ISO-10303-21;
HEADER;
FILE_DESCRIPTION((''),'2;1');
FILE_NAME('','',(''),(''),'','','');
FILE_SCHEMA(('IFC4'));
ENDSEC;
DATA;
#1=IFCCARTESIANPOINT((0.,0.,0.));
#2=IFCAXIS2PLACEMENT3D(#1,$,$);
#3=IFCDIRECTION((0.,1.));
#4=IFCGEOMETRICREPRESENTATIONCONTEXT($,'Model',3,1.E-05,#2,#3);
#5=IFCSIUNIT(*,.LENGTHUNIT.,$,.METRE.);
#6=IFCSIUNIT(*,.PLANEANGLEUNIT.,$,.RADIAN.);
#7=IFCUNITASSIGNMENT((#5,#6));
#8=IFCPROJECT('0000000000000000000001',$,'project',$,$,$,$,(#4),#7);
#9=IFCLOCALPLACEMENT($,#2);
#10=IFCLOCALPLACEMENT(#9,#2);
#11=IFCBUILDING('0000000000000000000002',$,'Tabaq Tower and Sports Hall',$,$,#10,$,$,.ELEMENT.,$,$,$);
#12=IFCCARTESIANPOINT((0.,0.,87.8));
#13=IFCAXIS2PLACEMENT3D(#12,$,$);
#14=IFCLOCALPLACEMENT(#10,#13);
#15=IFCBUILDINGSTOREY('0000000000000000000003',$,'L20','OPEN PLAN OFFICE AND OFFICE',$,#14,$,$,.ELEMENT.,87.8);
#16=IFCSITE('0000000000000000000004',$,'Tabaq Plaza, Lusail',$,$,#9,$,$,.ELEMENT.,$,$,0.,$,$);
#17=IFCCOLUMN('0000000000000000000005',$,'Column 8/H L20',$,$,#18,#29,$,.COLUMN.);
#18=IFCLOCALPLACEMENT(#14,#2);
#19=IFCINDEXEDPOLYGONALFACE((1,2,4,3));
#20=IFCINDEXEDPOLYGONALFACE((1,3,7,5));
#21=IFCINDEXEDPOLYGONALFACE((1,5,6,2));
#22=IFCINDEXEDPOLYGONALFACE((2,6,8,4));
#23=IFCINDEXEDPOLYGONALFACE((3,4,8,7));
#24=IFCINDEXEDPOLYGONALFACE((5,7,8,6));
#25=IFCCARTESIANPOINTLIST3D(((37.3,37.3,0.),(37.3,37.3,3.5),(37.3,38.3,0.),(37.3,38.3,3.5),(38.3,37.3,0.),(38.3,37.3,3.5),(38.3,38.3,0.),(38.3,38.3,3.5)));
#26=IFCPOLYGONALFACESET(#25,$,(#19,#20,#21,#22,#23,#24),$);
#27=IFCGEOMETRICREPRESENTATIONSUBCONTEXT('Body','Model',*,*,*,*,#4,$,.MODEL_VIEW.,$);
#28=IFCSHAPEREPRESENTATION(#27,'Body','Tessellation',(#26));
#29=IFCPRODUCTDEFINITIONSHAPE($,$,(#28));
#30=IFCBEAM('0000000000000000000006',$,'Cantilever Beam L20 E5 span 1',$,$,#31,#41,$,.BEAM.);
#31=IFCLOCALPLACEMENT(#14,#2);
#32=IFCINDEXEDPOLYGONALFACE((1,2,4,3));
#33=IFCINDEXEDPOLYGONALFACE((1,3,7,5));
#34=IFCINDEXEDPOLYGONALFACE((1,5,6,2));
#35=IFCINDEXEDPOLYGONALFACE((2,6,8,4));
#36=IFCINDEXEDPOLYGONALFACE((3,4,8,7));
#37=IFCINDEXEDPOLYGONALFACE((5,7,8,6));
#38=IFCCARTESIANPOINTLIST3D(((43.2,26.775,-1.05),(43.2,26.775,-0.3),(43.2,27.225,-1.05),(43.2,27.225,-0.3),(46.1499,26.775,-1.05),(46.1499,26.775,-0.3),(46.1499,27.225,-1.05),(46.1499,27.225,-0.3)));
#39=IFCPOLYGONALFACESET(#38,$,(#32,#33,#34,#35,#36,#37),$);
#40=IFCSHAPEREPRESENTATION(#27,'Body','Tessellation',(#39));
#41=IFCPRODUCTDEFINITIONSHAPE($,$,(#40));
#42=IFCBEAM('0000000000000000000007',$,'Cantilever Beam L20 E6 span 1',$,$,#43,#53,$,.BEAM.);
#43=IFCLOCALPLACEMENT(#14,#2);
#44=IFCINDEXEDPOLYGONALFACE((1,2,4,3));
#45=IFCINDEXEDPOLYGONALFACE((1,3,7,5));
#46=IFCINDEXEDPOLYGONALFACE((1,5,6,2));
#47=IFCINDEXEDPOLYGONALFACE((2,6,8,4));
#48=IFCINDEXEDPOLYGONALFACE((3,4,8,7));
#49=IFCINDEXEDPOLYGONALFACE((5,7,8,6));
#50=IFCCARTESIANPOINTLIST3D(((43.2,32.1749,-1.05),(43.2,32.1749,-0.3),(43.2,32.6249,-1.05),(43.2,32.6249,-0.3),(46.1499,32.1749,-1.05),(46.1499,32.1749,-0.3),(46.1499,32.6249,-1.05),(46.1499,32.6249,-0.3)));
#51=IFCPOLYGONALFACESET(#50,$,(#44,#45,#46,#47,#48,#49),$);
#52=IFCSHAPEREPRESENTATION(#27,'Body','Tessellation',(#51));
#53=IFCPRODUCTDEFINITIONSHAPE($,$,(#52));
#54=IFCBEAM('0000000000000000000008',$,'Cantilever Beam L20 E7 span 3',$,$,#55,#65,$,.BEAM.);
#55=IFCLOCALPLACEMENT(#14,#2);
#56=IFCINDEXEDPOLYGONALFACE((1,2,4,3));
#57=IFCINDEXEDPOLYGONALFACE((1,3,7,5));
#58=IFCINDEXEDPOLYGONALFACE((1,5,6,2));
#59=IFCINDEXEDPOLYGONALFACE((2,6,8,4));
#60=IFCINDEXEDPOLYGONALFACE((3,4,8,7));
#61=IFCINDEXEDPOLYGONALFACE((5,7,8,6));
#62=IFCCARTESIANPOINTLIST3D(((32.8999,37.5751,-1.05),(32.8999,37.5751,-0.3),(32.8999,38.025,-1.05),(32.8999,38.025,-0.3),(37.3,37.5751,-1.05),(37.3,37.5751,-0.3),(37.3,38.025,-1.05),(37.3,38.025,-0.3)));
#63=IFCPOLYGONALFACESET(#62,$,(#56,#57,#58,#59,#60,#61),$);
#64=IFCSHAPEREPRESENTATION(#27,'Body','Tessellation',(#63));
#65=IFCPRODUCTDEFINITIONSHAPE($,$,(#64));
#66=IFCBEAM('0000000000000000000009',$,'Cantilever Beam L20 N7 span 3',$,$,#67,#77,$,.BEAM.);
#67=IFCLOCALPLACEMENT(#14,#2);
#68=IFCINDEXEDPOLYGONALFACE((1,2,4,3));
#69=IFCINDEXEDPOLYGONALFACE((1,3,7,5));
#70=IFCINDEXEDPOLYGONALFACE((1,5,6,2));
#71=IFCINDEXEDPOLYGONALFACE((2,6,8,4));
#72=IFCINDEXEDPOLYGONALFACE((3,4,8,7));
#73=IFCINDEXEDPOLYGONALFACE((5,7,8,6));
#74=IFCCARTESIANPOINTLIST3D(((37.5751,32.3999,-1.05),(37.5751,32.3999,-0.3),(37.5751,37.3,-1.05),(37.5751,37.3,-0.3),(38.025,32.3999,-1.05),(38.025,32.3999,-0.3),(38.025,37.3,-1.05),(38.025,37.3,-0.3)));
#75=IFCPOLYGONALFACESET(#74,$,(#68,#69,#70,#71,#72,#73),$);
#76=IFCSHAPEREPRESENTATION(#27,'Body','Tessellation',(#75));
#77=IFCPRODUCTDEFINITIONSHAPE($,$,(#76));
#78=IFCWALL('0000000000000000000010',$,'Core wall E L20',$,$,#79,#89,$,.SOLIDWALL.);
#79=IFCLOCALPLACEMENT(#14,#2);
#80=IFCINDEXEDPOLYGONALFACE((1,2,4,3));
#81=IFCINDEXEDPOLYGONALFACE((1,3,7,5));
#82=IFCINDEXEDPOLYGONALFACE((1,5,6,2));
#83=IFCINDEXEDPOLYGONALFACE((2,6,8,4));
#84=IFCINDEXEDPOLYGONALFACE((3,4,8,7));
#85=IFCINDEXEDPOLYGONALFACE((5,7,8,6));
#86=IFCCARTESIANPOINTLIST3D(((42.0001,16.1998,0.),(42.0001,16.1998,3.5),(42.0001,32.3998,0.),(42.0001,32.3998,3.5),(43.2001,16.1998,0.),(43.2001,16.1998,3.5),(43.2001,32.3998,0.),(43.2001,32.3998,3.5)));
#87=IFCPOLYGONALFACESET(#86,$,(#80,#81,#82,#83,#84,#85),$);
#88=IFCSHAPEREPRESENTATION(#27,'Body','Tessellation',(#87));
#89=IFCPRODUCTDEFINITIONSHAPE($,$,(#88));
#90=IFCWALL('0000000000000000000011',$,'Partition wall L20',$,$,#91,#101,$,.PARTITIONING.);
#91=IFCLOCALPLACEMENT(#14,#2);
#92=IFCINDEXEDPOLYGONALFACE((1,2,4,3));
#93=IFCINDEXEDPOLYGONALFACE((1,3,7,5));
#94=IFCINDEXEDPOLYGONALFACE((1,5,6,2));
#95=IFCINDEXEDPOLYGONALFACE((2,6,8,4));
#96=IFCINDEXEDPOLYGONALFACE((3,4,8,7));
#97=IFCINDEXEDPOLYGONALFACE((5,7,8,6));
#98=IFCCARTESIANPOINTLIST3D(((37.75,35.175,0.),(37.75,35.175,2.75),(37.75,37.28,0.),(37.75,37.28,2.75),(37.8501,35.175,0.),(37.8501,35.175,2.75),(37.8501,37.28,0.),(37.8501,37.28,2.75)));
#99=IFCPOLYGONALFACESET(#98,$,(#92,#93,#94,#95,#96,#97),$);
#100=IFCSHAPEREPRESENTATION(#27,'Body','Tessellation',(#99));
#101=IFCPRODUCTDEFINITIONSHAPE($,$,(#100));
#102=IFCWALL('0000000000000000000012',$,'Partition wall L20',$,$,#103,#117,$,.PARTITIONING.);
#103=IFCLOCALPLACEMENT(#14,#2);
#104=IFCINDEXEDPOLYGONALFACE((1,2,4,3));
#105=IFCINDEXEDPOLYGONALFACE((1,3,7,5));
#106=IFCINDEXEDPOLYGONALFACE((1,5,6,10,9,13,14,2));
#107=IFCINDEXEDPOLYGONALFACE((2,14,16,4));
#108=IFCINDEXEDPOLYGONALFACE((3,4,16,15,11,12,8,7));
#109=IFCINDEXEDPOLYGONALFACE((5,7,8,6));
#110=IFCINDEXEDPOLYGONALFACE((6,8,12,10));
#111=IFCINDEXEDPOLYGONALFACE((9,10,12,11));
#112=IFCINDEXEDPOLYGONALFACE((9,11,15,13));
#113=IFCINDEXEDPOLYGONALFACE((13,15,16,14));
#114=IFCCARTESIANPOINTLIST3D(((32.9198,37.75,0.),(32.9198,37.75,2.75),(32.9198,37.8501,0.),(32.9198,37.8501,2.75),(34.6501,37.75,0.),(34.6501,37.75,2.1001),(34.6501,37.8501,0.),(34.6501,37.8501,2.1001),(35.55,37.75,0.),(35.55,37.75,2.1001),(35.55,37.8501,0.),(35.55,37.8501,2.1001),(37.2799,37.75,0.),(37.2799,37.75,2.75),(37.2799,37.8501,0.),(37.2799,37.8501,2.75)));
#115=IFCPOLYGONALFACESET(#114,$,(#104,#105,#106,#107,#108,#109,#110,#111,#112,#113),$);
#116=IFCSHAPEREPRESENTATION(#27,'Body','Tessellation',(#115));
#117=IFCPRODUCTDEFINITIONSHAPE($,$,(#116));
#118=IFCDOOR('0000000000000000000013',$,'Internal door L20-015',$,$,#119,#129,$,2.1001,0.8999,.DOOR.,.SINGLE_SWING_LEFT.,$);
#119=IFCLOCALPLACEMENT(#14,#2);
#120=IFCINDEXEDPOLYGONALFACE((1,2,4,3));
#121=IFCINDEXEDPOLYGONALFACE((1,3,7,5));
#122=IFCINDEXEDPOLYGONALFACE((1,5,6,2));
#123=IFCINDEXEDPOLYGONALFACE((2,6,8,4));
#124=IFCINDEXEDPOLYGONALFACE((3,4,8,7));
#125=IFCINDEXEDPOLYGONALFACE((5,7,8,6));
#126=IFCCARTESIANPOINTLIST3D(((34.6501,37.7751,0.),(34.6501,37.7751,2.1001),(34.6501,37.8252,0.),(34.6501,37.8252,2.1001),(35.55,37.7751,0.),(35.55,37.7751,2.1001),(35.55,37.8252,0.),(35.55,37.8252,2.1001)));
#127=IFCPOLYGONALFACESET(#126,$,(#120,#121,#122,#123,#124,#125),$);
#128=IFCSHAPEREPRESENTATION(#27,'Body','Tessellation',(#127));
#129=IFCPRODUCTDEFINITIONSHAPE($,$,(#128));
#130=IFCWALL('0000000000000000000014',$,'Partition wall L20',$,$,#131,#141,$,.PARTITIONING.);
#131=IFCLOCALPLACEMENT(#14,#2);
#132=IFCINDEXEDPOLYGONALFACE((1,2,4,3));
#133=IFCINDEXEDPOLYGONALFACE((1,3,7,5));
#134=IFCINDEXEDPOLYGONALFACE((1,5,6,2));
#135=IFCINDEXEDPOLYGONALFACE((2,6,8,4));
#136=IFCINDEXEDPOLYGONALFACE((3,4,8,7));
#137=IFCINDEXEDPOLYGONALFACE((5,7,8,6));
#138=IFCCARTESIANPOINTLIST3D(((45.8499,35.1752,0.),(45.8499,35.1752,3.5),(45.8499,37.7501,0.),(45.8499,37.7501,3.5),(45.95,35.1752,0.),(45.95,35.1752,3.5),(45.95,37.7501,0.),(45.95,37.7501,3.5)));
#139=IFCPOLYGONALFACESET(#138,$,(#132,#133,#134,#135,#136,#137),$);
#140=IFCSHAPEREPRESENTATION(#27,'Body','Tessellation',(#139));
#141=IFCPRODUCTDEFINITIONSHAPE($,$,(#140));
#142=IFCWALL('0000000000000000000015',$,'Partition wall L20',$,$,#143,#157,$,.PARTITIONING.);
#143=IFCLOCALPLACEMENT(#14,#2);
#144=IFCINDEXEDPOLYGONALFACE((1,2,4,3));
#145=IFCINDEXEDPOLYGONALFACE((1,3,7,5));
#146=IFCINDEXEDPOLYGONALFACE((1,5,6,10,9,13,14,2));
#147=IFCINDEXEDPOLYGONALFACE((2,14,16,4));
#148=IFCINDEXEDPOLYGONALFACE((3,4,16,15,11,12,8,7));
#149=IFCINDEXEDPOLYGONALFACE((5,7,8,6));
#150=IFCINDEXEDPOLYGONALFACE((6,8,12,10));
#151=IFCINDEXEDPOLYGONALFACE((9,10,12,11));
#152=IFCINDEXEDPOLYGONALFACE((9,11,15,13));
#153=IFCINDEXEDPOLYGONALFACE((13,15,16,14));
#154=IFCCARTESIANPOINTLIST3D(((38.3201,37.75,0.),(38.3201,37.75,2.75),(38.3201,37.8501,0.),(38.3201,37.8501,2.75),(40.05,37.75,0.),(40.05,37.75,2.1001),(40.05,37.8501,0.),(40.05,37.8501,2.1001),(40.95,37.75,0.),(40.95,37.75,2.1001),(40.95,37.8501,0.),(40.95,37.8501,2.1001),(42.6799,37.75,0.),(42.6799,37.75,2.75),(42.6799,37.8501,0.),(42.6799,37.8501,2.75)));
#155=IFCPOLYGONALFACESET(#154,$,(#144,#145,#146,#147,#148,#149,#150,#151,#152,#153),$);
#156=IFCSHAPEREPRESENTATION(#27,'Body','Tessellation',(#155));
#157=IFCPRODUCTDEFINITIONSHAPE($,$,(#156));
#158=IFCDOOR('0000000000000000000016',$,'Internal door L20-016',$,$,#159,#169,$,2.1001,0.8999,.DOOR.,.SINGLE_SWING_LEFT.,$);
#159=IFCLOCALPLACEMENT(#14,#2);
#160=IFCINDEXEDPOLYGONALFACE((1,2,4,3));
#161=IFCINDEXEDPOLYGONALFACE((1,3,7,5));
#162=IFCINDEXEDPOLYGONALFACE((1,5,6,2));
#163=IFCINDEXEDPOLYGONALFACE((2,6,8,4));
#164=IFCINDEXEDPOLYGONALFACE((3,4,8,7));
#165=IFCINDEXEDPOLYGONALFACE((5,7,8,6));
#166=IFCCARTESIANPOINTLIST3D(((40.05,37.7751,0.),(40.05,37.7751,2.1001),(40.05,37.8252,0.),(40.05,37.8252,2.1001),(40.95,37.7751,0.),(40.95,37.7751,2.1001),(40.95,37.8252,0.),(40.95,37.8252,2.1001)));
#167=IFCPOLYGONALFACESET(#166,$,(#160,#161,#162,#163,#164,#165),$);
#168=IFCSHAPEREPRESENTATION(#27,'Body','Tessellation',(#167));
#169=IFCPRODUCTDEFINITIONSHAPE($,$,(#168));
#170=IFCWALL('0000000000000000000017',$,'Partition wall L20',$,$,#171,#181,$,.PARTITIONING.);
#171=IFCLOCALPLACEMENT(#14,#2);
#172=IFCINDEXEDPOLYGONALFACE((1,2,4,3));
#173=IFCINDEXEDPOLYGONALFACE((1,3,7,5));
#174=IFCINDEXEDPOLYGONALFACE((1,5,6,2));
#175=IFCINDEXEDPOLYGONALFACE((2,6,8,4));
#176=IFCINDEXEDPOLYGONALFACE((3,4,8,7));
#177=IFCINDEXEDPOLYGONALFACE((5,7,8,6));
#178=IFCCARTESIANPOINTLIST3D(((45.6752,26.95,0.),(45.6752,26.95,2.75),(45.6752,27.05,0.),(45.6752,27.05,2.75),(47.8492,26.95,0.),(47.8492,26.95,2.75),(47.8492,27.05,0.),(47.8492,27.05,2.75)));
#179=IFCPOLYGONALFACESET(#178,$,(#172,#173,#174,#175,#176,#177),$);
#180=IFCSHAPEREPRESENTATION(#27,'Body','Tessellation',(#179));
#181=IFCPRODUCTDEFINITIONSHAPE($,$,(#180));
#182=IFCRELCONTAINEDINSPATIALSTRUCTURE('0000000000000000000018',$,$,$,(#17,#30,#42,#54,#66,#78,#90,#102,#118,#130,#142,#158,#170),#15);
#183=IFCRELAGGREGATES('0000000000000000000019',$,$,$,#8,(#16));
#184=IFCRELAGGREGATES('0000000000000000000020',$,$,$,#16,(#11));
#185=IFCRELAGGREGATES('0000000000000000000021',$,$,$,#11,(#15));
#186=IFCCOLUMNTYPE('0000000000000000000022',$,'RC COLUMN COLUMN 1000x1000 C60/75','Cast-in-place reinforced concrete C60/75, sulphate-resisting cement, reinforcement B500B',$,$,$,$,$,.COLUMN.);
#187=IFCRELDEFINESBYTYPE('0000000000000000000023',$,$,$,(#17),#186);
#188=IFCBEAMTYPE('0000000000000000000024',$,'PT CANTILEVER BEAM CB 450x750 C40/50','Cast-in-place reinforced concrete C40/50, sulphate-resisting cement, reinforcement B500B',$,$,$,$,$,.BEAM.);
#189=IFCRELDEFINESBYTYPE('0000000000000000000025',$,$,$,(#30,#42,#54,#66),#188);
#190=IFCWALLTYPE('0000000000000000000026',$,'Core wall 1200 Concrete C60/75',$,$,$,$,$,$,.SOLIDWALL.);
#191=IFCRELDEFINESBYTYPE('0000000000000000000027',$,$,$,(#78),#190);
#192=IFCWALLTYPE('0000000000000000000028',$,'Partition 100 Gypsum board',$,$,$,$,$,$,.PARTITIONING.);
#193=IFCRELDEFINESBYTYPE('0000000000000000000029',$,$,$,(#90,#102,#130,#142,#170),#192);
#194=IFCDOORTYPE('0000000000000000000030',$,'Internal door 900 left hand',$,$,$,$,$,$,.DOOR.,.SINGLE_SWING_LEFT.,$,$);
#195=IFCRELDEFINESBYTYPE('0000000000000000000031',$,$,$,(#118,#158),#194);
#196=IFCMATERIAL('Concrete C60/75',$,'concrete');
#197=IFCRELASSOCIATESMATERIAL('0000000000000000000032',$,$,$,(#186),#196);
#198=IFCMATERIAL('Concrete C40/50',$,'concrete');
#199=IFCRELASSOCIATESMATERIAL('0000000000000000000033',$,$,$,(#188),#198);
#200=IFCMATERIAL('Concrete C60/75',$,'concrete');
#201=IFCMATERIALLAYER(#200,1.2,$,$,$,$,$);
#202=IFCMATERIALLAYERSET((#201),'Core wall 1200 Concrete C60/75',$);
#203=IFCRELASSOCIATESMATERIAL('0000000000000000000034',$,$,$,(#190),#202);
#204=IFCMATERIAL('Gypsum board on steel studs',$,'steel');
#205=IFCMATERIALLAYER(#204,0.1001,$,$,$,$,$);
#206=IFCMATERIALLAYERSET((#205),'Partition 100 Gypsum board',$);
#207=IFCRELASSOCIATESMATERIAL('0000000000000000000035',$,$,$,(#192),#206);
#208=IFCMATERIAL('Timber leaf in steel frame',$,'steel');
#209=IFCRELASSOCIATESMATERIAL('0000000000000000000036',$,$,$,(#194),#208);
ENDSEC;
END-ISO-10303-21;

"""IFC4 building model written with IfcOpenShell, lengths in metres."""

from ifc_helpers import new_model, si_unit, direction, frame, frame_2d, origin, origin_2d, place, context, subcontext, project, spatial, rectangle, extrude, material, layer, layer_set, material_profile, profile_set, type_object, element, fill, save


model = new_model("IFC4")

# Units and contexts
model_context = context("Model", 3, precision=1e-05, world=origin(), true_north=direction((0.0, 1.0)))
body_context = subcontext(model_context, "Body", "Model", "MODEL_VIEW")
ifc_project = project(units=[si_unit("LENGTHUNIT", "METRE"), si_unit("PLANEANGLEUNIT", "RADIAN")], contexts=[model_context])

# Site, building, storey
site_placement = place(None, origin())
site = spatial("IfcSite", under=ifc_project, at=site_placement, Name="Tabaq Plaza, Lusail", CompositionType="ELEMENT", RefElevation=0.0)
building_placement = place(site_placement, origin())
building = spatial("IfcBuilding", under=site, at=building_placement, Name="Tabaq Tower and Sports Hall", CompositionType="ELEMENT")
storey_placement = place(building_placement, frame((0.0, 0.0, 87.8)))
storey = spatial("IfcBuildingStorey", under=building, at=storey_placement, Name="L20", Description="OPEN PLAN OFFICE AND OFFICE", CompositionType="ELEMENT", Elevation=87.8)

# Column
ifc_material_1 = material(Name="Concrete C60/75", Category="concrete")
ifc_material_profile_1 = material_profile(ifc_material_1, rectangle(XDim=1.0, YDim=1.0, at=origin_2d()), Name="COLUMN 1000x1000")
ifc_profile_set_1 = profile_set([ifc_material_profile_1], Name="Concrete C60/75")
column_type = type_object("IfcColumnType", Name="RC COLUMN COLUMN 1000x1000 C60/75", Description="Cast-in-place reinforced concrete C60/75, sulphate-resisting cement, reinforcement B500B", PredefinedType="COLUMN", material=ifc_profile_set_1)
column_placement = place(storey_placement, frame((37.8, 37.8, 0.0), z_axis=(0.0, 0.0, 1.0), x_axis=(1.0, 0.0, 0.0)))
element("IfcColumn", 1, at=column_placement, inside=storey, type_object=column_type, Name="Column 8/H L20", PredefinedType="COLUMN", context=body_context, shape_type="SweptSolid", body=[
    extrude(rectangle(XDim=1.0, YDim=1.0, at=origin_2d()), origin(), (0.0, 0.0, 1.0), 3.5),
])

# Beams
ifc_material_2 = material(Name="Concrete C40/50", Category="concrete")
ifc_material_profile_2 = material_profile(ifc_material_2, rectangle(XDim=0.45, YDim=0.75, at=origin_2d()), Name="CB 450x750")
ifc_profile_set_2 = profile_set([ifc_material_profile_2], Name="Concrete C40/50")
beam_type = type_object("IfcBeamType", Name="PT CANTILEVER BEAM CB 450x750 C40/50", Description="Cast-in-place reinforced concrete C40/50, sulphate-resisting cement, reinforcement B500B", PredefinedType="BEAM", material=ifc_profile_set_2)
for number, where, z_axis, x_axis, name in (
    (2, (46.1499, 27.0, -0.675), (-1.0, 0.0, 0.0), (0.0, -1.0, 0.0), "Cantilever Beam L20 E5 span 1"),
    (3, (46.1499, 32.3999, -0.675), (-1.0, 0.0, 0.0), (0.0, -1.0, 0.0), "Cantilever Beam L20 E6 span 1"),
):
    element("IfcBeam", number, at=place(storey_placement, frame(where, z_axis=z_axis, x_axis=x_axis)), inside=storey, type_object=beam_type, Name=name, PredefinedType="BEAM", context=body_context, shape_type="SweptSolid", body=[
        extrude(rectangle(XDim=0.45, YDim=0.75, at=origin_2d()), origin(), (0.0, 0.0, 1.0), 2.95),
    ])
beam_1_placement = place(storey_placement, frame((37.3, 37.8, -0.675), z_axis=(-1.0, 0.0, 0.0), x_axis=(0.0, -1.0, 0.0)))
element("IfcBeam", 4, at=beam_1_placement, inside=storey, type_object=beam_type, Name="Cantilever Beam L20 E7 span 3", PredefinedType="BEAM", context=body_context, shape_type="SweptSolid", body=[
    extrude(rectangle(XDim=0.45, YDim=0.75, at=origin_2d()), origin(), (0.0, 0.0, 1.0), 4.4001),
])
beam_2_placement = place(storey_placement, frame((37.8, 37.3, -0.675), z_axis=(0.0, -1.0, 0.0), x_axis=(1.0, 0.0, 0.0)))
element("IfcBeam", 5, at=beam_2_placement, inside=storey, type_object=beam_type, Name="Cantilever Beam L20 N7 span 3", PredefinedType="BEAM", context=body_context, shape_type="SweptSolid", body=[
    extrude(rectangle(XDim=0.45, YDim=0.75, at=origin_2d()), origin(), (0.0, 0.0, 1.0), 4.9001),
])

# Walls
ifc_material_3 = material(Name="Concrete C60/75", Category="concrete")
ifc_layer_1 = layer(ifc_material_3, 1.2)
ifc_layer_set_1 = layer_set([ifc_layer_1], Name="Core wall 1200 Concrete C60/75")
wall_type_1 = type_object("IfcWallType", Name="Core wall 1200 Concrete C60/75", PredefinedType="SOLIDWALL", material=ifc_layer_set_1)
wall_1_placement = place(storey_placement, frame((42.6001, 32.3999, 0.0), z_axis=(0.0, 0.0, 1.0), x_axis=(0.0, -1.0, 0.0)))
element("IfcWall", 6, at=wall_1_placement, inside=storey, type_object=wall_type_1, Name="Core wall E L20", PredefinedType="SOLIDWALL", context=body_context, shape_type="SweptSolid", body=[
    extrude(rectangle(XDim=16.2, YDim=1.2, at=frame_2d((8.1001, 0.0))), origin(), (0.0, 0.0, 1.0), 3.5),
])
ifc_material_4 = material(Name="Gypsum board on steel studs", Category="steel")
ifc_layer_2 = layer(ifc_material_4, 0.1001)
ifc_layer_set_2 = layer_set([ifc_layer_2], Name="Partition 100 Gypsum board")
wall_type_2 = type_object("IfcWallType", Name="Partition 100 Gypsum board", PredefinedType="PARTITIONING", material=ifc_layer_set_2)
wall_2_placement = place(storey_placement, frame((37.8, 35.175, 0.0), z_axis=(0.0, 0.0, 1.0), x_axis=(0.0, 1.0, 0.0)))
element("IfcWall", 7, at=wall_2_placement, inside=storey, type_object=wall_type_2, Name="Partition wall L20", PredefinedType="PARTITIONING", context=body_context, shape_type="SweptSolid", body=[
    extrude(rectangle(XDim=2.105, YDim=0.1001, at=frame_2d((1.0525, 0.0))), origin(), (0.0, 0.0, 1.0), 2.75),
])

# Wall, opening, door
wall_3_placement = place(storey_placement, frame((37.28, 37.8, 0.0), z_axis=(0.0, 0.0, 1.0), x_axis=(-1.0, 0.0, 0.0)))
wall_3 = element("IfcWall", 8, at=wall_3_placement, inside=storey, type_object=wall_type_2, Name="Partition wall L20", PredefinedType="PARTITIONING", context=body_context, shape_type="SweptSolid", body=[
    extrude(rectangle(XDim=4.3601, YDim=0.1001, at=frame_2d((2.1802, 0.0))), origin(), (0.0, 0.0, 1.0), 2.75),
])
opening_1_placement = place(wall_3_placement, frame((1.73, 0.0, 0.0)))
opening_1 = element("IfcOpeningElement", 9, at=opening_1_placement, cuts=wall_3, PredefinedType="OPENING", context=body_context, shape_type="SweptSolid", body=[
    extrude(rectangle(XDim=0.8999, YDim=2.1001, at=frame_2d((0.45, 1.05))), frame((0.0, 0.05, 0.0), z_axis=(0.0, -1.0, 0.0), x_axis=(1.0, 0.0, 0.0)), (0.0, 0.0, 1.0), 0.1001),
])
ifc_material_5 = material(Name="Timber leaf in steel frame", Category="steel")
door_type_1 = type_object("IfcDoorType", Name="Internal door 900 left hand", OperationType="SINGLE_SWING_LEFT", PredefinedType="DOOR", material=ifc_material_5)
door_1_placement = place(opening_1_placement, origin())
door_1 = element("IfcDoor", 10, at=door_1_placement, inside=storey, type_object=door_type_1, Name="Internal door L20-015", OperationType="SINGLE_SWING_LEFT", OverallHeight=2.1001, OverallWidth=0.8999, PredefinedType="DOOR", context=body_context, shape_type="SweptSolid", body=[
    extrude(rectangle(XDim=0.8999, YDim=2.1001, at=frame_2d((0.45, 1.05))), frame((0.0, 0.0249, 0.0), z_axis=(0.0, -1.0, 0.0), x_axis=(1.0, 0.0, 0.0)), (0.0, 0.0, 1.0), 0.05),
])
fill(opening_1, door_1)

# Wall
wall_4_placement = place(storey_placement, frame((45.8999, 35.175, 0.0), z_axis=(0.0, 0.0, 1.0), x_axis=(0.0, 1.0, 0.0)))
element("IfcWall", 11, at=wall_4_placement, inside=storey, type_object=wall_type_2, Name="Partition wall L20", PredefinedType="PARTITIONING", context=body_context, shape_type="SweptSolid", body=[
    extrude(rectangle(XDim=2.575, YDim=0.1001, at=frame_2d((1.2876, 0.0))), origin(), (0.0, 0.0, 1.0), 3.5),
])

# Wall, opening, door
wall_5_placement = place(storey_placement, frame((42.6799, 37.8, 0.0), z_axis=(0.0, 0.0, 1.0), x_axis=(-1.0, 0.0, 0.0)))
wall_5 = element("IfcWall", 12, at=wall_5_placement, inside=storey, type_object=wall_type_2, Name="Partition wall L20", PredefinedType="PARTITIONING", context=body_context, shape_type="SweptSolid", body=[
    extrude(rectangle(XDim=4.3599, YDim=0.1001, at=frame_2d((2.1799, 0.0))), origin(), (0.0, 0.0, 1.0), 2.75),
])
opening_2_placement = place(wall_5_placement, frame((1.73, 0.0, 0.0)))
opening_2 = element("IfcOpeningElement", 13, at=opening_2_placement, cuts=wall_5, PredefinedType="OPENING", context=body_context, shape_type="SweptSolid", body=[
    extrude(rectangle(XDim=0.8999, YDim=2.1001, at=frame_2d((0.45, 1.05))), frame((0.0, 0.05, 0.0), z_axis=(0.0, -1.0, 0.0), x_axis=(1.0, 0.0, 0.0)), (0.0, 0.0, 1.0), 0.1001),
])
door_2_placement = place(opening_2_placement, origin())
door_2 = element("IfcDoor", 14, at=door_2_placement, inside=storey, type_object=door_type_1, Name="Internal door L20-016", OperationType="SINGLE_SWING_LEFT", OverallHeight=2.1001, OverallWidth=0.8999, PredefinedType="DOOR", context=body_context, shape_type="SweptSolid", body=[
    extrude(rectangle(XDim=0.8999, YDim=2.1001, at=frame_2d((0.45, 1.05))), frame((0.0, 0.0249, 0.0), z_axis=(0.0, -1.0, 0.0), x_axis=(1.0, 0.0, 0.0)), (0.0, 0.0, 1.0), 0.05),
])
fill(opening_2, door_2)

# Wall
wall_6_placement = place(storey_placement, frame((47.8491, 27.0, 0.0), z_axis=(0.0, 0.0, 1.0), x_axis=(-1.0, 0.0, 0.0)))
element("IfcWall", 15, at=wall_6_placement, inside=storey, type_object=wall_type_2, Name="Partition wall L20", PredefinedType="PARTITIONING", context=body_context, shape_type="SweptSolid", body=[
    extrude(rectangle(XDim=2.1741, YDim=0.1001, at=frame_2d((1.0869, 0.0))), origin(), (0.0, 0.0, 1.0), 2.75),
])

save(model, "model.ifc")
